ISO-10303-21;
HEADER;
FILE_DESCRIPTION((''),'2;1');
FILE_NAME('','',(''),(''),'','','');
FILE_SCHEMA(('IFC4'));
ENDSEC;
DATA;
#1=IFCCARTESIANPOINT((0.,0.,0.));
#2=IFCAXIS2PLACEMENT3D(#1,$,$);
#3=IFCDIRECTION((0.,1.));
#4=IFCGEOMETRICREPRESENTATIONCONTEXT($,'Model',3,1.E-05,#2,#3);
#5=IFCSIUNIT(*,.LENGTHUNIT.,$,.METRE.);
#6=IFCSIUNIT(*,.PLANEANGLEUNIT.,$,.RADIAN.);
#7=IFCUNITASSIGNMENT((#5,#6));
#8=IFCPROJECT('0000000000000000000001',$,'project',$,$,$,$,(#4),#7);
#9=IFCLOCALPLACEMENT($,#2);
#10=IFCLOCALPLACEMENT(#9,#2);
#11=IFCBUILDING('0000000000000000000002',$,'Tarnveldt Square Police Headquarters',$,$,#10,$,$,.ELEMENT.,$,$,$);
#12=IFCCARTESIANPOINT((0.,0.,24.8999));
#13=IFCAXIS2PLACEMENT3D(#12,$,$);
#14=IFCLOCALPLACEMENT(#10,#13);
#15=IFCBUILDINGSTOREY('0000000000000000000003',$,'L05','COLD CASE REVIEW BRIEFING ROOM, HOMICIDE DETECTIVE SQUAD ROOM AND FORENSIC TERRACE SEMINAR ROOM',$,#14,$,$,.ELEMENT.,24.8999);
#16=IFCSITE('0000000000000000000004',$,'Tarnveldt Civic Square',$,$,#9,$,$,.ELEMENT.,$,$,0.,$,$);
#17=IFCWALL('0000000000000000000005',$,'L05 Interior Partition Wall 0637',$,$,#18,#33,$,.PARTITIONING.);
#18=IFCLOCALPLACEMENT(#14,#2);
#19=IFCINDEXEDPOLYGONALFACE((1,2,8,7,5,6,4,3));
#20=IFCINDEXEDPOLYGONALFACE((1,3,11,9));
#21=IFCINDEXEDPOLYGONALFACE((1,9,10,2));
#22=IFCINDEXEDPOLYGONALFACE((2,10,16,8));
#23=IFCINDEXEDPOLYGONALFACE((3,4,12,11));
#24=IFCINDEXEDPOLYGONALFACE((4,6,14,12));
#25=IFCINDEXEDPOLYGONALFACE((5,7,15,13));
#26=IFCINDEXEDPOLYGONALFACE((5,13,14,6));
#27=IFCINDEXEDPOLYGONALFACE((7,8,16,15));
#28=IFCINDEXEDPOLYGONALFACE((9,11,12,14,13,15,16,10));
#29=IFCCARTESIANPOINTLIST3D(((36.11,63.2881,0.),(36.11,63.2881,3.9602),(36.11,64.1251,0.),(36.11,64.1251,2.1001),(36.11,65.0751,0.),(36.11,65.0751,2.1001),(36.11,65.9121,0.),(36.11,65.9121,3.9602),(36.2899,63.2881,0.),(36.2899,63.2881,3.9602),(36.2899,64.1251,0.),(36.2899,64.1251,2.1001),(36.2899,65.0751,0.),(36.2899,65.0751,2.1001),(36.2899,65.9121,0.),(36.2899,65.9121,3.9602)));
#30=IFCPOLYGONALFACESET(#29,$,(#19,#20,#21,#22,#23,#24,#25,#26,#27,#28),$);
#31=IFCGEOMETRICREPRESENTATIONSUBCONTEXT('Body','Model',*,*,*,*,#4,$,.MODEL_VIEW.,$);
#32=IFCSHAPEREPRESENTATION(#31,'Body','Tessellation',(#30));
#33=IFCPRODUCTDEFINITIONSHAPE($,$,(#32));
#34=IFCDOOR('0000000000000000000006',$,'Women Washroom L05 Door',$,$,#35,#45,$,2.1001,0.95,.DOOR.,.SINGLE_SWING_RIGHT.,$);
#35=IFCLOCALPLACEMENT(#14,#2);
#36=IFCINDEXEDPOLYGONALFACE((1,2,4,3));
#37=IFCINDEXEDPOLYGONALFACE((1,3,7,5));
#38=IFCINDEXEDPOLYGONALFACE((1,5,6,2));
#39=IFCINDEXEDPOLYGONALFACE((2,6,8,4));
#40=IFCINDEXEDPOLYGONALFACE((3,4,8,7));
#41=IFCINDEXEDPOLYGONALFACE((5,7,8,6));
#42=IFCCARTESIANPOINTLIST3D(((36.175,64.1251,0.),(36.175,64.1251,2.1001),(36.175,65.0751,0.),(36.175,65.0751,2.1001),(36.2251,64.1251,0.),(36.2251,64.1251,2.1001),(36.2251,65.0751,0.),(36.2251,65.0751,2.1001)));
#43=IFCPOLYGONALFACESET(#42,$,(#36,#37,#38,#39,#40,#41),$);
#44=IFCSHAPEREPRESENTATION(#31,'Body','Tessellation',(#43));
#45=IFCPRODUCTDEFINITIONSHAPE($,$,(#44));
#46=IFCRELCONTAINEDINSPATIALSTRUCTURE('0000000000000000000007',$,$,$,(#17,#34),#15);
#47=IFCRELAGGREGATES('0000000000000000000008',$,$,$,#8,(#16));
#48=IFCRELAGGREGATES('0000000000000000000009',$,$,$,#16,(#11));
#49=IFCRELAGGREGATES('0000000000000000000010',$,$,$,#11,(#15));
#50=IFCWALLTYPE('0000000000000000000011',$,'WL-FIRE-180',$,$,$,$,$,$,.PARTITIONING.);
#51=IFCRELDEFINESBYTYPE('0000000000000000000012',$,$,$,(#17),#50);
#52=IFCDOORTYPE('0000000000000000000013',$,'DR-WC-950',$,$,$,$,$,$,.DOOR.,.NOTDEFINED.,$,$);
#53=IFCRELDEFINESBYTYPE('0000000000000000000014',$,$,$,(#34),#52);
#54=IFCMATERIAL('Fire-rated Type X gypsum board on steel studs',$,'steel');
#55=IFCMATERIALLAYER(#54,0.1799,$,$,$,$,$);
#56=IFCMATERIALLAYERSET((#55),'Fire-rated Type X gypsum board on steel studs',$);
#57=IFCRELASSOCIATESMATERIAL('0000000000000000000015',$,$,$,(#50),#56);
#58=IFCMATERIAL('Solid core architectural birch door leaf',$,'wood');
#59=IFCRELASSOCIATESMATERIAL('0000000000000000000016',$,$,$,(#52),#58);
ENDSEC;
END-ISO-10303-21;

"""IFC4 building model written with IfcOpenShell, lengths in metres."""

from ifc_helpers import new_model, si_unit, direction, frame, frame_2d, origin, place, context, subcontext, project, spatial, rectangle, extrude, material, layer, layer_set, type_object, element, fill, save


model = new_model("IFC4")

# Units and contexts
model_context = context("Model", 3, precision=1e-05, world=origin(), true_north=direction((0.0, 1.0)))
body_context = subcontext(model_context, "Body", "Model", "MODEL_VIEW")
ifc_project = project(units=[si_unit("LENGTHUNIT", "METRE"), si_unit("PLANEANGLEUNIT", "RADIAN")], contexts=[model_context])

# Site, building, storey
site_placement = place(None, origin())
site = spatial("IfcSite", under=ifc_project, at=site_placement, Name="Tarnveldt Civic Square", CompositionType="ELEMENT", RefElevation=0.0)
building_placement = place(site_placement, origin())
building = spatial("IfcBuilding", under=site, at=building_placement, Name="Tarnveldt Square Police Headquarters", CompositionType="ELEMENT")
storey_placement = place(building_placement, frame((0.0, 0.0, 24.8999)))
storey = spatial("IfcBuildingStorey", under=building, at=storey_placement, Name="L05", Description="COLD CASE REVIEW BRIEFING ROOM, HOMICIDE DETECTIVE SQUAD ROOM AND FORENSIC TERRACE SEMINAR ROOM", CompositionType="ELEMENT", Elevation=24.8999)

# Wall, opening, door
ifc_material_1 = material(Name="Fire-rated Type X gypsum board on steel studs", Category="steel")
ifc_layer_1 = layer(ifc_material_1, 0.1799)
ifc_layer_set_1 = layer_set([ifc_layer_1], Name="Fire-rated Type X gypsum board on steel studs")
wall_type = type_object("IfcWallType", Name="WL-FIRE-180", PredefinedType="PARTITIONING", material=ifc_layer_set_1)
ifc_material_2 = material(Name="Solid core architectural birch door leaf", Category="wood")
door_type_1 = type_object("IfcDoorType", Name="DR-WC-950", OperationType="NOTDEFINED", PredefinedType="DOOR", material=ifc_material_2)
wall_1_placement = place(storey_placement, frame((36.2, 63.2881, 0.0), z_axis=(0.0, 0.0, 1.0), x_axis=(0.0, 1.0, 0.0)))
wall_1 = element("IfcWall", 1, at=wall_1_placement, inside=storey, type_object=wall_type, Name="L05 Interior Partition Wall 0637", PredefinedType="PARTITIONING", context=body_context, shape_type="SweptSolid", body=[
    extrude(rectangle(XDim=2.624, YDim=0.1799, at=frame_2d((1.312, 0.0))), origin(), (0.0, 0.0, 1.0), 3.9602),
])
opening_1_placement = place(wall_1_placement, frame((0.8369, 0.0, 0.0)))
opening_1 = element("IfcOpeningElement", 2, at=opening_1_placement, cuts=wall_1, PredefinedType="OPENING", context=body_context, shape_type="SweptSolid", body=[
    extrude(rectangle(XDim=0.95, YDim=2.1001, at=frame_2d((0.4751, 1.05))), frame((0.0, 0.0999, 0.0), z_axis=(0.0, -1.0, 0.0), x_axis=(1.0, 0.0, 0.0)), (0.0, 0.0, 1.0), 0.2),
])
door_1_placement = place(opening_1_placement, origin())
door_1 = element("IfcDoor", 3, at=door_1_placement, inside=storey, type_object=door_type_1, Name="Women Washroom L05 Door", OperationType="SINGLE_SWING_RIGHT", OverallHeight=2.1001, OverallWidth=0.95, PredefinedType="DOOR", context=body_context, shape_type="SweptSolid", body=[
    extrude(rectangle(XDim=0.95, YDim=2.1001, at=frame_2d((0.4751, 1.05))), frame((0.0, 0.0249, 0.0), z_axis=(0.0, -1.0, 0.0), x_axis=(1.0, 0.0, 0.0)), (0.0, 0.0, 1.0), 0.05),
])
fill(opening_1, door_1)

save(model, "model.ifc")
